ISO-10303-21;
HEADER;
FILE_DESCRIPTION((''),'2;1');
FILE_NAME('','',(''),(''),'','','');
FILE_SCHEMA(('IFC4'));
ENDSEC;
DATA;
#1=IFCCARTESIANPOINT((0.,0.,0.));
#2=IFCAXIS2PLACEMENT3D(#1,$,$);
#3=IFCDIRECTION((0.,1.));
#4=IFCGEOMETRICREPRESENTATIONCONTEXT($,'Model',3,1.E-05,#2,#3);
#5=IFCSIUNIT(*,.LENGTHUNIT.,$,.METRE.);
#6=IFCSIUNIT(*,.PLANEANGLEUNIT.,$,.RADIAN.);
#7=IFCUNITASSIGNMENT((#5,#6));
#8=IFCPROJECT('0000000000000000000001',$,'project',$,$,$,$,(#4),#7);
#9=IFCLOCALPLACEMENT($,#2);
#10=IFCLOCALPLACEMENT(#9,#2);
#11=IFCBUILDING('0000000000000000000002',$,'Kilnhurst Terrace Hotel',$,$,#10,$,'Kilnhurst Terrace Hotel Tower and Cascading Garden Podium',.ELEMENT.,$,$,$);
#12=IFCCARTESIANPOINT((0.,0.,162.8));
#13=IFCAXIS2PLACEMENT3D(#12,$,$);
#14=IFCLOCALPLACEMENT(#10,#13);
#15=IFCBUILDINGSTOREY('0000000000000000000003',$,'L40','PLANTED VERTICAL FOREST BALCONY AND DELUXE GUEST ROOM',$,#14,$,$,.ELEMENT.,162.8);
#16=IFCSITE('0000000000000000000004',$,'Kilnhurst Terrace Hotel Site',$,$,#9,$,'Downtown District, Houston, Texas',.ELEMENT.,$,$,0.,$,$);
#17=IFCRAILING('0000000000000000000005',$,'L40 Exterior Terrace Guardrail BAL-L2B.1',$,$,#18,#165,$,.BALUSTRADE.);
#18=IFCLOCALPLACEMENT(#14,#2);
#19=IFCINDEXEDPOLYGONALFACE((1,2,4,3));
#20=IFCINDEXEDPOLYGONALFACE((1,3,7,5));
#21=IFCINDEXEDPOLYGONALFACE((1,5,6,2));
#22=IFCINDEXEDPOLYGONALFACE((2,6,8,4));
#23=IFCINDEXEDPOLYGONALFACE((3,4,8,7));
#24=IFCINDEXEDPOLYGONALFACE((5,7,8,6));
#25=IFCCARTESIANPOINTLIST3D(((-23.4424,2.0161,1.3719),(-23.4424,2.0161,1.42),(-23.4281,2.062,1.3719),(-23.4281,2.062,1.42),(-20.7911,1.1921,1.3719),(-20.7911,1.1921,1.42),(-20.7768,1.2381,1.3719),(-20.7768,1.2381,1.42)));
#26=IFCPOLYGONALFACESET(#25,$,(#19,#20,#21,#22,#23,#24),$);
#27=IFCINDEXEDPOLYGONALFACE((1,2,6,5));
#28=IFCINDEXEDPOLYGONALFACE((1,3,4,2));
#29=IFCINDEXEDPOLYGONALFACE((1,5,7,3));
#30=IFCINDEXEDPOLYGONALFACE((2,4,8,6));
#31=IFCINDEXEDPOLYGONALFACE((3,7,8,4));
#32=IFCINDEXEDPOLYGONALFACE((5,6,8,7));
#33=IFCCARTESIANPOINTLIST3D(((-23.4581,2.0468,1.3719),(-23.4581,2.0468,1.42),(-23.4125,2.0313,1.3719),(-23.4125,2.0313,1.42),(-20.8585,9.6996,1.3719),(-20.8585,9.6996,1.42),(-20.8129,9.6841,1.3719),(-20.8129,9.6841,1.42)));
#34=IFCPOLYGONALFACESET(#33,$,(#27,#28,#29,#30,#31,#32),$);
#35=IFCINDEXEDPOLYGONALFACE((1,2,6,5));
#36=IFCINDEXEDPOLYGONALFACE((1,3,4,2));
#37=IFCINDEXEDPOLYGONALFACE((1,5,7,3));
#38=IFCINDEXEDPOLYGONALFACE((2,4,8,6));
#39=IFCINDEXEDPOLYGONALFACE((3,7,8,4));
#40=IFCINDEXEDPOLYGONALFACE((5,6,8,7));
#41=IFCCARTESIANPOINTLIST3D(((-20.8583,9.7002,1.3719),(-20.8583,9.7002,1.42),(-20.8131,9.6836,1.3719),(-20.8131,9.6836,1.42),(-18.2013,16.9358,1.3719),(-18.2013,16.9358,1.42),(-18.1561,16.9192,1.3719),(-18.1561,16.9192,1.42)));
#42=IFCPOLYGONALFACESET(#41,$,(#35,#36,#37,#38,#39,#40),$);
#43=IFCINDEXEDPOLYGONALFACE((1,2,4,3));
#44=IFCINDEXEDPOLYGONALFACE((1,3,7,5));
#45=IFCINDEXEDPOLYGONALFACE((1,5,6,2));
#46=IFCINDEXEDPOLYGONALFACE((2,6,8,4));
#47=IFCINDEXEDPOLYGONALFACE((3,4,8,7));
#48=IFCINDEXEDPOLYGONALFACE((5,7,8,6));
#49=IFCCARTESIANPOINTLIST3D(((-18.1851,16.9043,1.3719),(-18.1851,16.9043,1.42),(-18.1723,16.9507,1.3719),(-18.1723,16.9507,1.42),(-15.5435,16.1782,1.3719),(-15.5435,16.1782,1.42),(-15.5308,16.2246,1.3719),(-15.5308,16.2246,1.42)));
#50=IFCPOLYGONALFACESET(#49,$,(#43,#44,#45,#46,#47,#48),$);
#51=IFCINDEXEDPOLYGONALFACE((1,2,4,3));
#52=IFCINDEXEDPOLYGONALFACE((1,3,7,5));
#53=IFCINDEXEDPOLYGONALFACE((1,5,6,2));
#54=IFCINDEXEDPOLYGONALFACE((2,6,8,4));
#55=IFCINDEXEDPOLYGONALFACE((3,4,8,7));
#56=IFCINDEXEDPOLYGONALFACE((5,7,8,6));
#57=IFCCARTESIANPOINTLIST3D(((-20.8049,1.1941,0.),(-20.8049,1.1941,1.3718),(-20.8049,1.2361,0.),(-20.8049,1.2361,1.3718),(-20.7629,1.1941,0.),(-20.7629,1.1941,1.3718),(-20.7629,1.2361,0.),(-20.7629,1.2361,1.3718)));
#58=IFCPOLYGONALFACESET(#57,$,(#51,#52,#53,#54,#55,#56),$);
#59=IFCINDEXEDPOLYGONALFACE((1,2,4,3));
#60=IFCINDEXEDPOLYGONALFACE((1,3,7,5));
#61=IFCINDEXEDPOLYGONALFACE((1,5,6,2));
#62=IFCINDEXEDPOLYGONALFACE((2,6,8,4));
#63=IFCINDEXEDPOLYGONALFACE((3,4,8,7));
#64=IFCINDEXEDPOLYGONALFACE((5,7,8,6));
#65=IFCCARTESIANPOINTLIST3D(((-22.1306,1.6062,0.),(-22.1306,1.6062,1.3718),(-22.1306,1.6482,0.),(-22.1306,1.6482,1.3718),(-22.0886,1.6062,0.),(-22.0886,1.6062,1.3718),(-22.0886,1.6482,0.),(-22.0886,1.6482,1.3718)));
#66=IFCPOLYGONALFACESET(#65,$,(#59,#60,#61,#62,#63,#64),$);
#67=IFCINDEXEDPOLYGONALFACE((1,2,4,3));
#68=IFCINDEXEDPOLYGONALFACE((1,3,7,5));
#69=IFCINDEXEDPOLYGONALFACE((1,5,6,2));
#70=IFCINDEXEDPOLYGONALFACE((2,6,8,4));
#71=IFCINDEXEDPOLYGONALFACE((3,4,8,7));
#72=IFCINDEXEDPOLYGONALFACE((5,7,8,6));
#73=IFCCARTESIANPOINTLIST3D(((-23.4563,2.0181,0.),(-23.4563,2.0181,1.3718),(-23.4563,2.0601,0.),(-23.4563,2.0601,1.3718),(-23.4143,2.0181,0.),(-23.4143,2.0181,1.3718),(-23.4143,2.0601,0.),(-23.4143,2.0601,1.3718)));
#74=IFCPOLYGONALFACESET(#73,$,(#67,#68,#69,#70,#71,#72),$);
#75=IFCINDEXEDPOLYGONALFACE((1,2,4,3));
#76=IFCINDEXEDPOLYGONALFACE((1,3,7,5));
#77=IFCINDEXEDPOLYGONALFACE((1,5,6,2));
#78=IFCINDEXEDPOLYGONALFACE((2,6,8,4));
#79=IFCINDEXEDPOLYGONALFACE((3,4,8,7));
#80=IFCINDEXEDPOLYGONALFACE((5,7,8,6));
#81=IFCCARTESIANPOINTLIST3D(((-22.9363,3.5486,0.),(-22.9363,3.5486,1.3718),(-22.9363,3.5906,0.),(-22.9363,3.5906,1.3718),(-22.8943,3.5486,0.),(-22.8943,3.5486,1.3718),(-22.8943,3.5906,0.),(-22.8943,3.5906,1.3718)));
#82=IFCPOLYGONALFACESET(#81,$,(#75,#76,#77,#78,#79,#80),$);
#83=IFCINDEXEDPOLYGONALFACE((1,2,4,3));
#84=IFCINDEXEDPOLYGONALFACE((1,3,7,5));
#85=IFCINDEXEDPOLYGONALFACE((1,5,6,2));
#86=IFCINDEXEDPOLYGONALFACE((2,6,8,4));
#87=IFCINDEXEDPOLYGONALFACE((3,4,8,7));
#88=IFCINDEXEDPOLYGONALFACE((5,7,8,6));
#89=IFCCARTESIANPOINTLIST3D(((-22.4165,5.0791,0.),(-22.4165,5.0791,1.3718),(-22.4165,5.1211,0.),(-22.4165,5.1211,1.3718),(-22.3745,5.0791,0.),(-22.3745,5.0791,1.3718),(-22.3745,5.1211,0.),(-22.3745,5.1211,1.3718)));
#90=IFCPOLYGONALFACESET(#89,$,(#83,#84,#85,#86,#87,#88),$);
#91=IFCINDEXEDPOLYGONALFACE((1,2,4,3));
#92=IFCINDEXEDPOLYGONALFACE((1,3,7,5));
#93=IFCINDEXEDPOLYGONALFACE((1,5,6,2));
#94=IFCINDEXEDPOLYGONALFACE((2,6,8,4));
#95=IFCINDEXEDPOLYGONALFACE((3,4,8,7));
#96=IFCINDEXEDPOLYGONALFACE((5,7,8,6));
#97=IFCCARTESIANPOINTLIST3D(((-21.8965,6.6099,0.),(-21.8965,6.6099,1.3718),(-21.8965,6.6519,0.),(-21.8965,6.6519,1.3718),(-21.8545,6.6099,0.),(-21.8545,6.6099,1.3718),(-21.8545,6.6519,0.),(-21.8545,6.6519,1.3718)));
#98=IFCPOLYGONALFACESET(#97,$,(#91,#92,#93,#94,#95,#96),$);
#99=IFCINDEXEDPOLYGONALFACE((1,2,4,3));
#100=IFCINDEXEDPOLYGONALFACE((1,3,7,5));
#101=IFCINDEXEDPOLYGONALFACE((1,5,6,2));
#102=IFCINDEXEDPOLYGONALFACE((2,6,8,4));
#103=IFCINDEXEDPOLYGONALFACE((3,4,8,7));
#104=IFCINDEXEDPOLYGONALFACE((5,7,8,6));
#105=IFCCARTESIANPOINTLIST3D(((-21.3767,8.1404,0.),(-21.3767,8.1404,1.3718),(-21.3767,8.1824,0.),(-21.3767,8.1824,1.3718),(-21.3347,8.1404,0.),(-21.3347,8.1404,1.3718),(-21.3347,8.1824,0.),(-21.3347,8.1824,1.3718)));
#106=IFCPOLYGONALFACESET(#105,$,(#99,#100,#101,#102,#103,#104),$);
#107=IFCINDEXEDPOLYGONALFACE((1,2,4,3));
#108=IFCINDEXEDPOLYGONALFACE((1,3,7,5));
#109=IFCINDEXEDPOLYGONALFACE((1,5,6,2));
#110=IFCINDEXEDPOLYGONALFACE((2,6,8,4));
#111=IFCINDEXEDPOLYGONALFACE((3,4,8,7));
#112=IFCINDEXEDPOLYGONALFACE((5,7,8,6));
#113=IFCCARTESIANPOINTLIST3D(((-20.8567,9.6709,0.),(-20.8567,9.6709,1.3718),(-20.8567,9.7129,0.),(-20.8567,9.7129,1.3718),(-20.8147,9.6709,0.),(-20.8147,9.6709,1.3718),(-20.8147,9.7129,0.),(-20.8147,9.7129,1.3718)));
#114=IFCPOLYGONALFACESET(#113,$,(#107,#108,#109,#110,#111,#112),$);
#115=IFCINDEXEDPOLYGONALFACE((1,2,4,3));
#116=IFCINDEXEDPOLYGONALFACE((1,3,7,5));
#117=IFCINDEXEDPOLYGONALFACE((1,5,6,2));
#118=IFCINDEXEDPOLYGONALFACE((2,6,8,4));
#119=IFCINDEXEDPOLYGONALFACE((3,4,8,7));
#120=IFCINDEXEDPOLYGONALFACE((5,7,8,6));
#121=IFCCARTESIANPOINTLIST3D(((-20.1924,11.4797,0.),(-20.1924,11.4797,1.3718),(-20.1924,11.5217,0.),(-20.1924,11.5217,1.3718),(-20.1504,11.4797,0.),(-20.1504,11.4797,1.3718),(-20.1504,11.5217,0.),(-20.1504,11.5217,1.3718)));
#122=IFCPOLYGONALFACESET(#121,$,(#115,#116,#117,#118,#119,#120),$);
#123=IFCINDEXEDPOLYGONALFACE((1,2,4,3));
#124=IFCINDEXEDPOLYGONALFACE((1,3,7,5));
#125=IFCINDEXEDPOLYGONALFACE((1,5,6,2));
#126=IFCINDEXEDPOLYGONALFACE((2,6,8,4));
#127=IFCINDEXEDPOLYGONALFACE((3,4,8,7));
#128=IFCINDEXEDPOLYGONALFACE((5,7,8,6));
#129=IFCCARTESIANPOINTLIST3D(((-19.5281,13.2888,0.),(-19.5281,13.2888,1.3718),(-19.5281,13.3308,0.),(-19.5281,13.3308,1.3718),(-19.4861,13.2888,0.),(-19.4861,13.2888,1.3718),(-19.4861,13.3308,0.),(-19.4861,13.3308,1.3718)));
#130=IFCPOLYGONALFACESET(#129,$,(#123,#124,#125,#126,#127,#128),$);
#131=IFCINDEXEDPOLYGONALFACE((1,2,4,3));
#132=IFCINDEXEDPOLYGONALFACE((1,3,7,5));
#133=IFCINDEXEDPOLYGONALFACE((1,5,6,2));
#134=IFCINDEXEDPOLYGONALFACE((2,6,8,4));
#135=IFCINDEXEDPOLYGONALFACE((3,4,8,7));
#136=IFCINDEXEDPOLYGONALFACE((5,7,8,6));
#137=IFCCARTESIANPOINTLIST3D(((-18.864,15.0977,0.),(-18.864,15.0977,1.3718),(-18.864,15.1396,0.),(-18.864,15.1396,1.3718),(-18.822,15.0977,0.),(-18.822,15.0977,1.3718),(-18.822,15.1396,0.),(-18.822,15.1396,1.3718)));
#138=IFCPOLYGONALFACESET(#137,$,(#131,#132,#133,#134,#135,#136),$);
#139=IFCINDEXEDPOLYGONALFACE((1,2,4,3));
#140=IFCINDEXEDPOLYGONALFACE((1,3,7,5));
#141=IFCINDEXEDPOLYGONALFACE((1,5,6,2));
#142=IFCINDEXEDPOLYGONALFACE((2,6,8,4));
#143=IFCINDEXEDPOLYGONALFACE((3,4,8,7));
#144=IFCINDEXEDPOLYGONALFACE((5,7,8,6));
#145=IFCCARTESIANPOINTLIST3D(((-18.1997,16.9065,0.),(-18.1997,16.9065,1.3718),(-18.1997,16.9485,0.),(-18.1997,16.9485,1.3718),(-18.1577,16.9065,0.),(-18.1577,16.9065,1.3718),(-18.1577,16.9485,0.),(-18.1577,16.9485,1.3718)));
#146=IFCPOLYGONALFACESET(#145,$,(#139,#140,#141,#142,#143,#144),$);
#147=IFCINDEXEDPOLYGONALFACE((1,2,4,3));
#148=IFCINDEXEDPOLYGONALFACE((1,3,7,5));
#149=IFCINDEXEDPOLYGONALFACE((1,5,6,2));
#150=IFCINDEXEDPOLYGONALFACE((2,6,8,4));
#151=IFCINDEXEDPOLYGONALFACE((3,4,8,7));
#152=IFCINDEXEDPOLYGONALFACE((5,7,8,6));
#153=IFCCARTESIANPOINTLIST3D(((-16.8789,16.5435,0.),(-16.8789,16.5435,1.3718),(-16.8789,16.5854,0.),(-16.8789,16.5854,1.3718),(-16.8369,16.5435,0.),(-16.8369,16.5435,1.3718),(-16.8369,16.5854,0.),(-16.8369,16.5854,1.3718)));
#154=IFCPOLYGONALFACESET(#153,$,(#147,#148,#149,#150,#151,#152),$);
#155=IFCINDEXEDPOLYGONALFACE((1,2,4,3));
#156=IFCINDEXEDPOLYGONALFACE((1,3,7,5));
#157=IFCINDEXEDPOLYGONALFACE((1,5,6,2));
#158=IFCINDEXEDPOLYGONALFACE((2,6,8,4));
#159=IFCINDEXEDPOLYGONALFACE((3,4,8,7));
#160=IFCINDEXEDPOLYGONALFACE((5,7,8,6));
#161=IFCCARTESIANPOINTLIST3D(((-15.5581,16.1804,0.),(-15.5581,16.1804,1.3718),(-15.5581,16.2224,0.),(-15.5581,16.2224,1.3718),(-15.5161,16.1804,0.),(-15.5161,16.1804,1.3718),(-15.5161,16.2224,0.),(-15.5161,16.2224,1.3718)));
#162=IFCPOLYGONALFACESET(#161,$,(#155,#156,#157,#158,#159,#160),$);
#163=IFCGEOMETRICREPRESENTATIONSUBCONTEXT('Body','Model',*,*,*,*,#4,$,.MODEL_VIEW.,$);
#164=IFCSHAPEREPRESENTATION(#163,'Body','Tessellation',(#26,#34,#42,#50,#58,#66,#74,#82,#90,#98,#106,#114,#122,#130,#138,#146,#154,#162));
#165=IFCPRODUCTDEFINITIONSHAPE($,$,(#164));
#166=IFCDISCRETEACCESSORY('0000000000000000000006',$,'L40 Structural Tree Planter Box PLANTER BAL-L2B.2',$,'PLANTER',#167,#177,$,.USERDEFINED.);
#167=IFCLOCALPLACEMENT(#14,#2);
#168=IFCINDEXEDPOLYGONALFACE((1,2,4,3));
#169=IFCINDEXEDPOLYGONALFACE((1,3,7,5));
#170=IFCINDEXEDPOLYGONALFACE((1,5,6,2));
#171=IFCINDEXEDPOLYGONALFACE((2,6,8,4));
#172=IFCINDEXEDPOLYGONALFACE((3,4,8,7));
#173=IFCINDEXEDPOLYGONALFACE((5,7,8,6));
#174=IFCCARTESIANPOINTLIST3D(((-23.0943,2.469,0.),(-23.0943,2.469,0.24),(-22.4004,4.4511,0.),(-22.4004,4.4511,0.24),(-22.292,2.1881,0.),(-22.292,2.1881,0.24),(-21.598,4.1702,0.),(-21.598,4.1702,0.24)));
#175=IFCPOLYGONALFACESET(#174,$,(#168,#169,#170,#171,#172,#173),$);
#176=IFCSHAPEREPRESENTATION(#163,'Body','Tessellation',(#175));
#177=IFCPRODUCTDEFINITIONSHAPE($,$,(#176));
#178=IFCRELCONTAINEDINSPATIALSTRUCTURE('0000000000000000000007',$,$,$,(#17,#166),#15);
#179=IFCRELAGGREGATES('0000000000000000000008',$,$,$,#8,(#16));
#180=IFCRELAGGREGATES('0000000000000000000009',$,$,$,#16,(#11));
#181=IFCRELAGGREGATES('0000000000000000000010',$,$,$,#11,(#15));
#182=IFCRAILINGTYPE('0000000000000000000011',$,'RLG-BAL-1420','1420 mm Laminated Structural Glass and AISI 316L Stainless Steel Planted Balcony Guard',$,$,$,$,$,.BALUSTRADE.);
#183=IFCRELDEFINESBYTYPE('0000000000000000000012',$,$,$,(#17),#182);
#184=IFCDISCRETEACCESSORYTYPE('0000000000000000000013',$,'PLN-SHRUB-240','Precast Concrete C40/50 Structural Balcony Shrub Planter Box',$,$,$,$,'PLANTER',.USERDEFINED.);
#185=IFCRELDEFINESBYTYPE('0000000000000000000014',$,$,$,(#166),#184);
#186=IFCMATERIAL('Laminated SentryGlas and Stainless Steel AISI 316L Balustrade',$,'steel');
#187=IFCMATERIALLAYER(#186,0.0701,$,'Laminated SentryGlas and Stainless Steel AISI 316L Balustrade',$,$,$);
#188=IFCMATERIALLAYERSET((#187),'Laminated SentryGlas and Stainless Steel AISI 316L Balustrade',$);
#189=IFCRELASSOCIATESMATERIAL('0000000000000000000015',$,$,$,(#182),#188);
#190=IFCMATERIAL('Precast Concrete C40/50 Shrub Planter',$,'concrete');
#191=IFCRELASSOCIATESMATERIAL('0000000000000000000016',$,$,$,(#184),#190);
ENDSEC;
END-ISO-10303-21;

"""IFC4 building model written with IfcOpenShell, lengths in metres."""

from ifc_helpers import new_model, si_unit, direction, frame, origin, origin_2d, place, context, subcontext, project, spatial, rectangle, extrude, material, layer, layer_set, type_object, element, save


model = new_model("IFC4")

# Units and contexts
model_context = context("Model", 3, precision=1e-05, world=origin(), true_north=direction((0.0, 1.0)))
body_context = subcontext(model_context, "Body", "Model", "MODEL_VIEW")
ifc_project = project(units=[si_unit("LENGTHUNIT", "METRE"), si_unit("PLANEANGLEUNIT", "RADIAN")], contexts=[model_context])

# Site, building, storey
site_placement = place(None, origin())
site = spatial("IfcSite", under=ifc_project, at=site_placement, Name="Kilnhurst Terrace Hotel Site", LongName="Downtown District, Houston, Texas", CompositionType="ELEMENT", RefElevation=0.0)
building_placement = place(site_placement, origin())
building = spatial("IfcBuilding", under=site, at=building_placement, Name="Kilnhurst Terrace Hotel", LongName="Kilnhurst Terrace Hotel Tower and Cascading Garden Podium", CompositionType="ELEMENT")
storey_placement = place(building_placement, frame((0.0, 0.0, 162.8)))
storey = spatial("IfcBuildingStorey", under=building, at=storey_placement, Name="L40", Description="PLANTED VERTICAL FOREST BALCONY AND DELUXE GUEST ROOM", CompositionType="ELEMENT", Elevation=162.8)

# Railing
ifc_material_1 = material(Name="Laminated SentryGlas and Stainless Steel AISI 316L Balustrade", Category="steel")
ifc_layer_1 = layer(ifc_material_1, 0.0701, Name="Laminated SentryGlas and Stainless Steel AISI 316L Balustrade")
ifc_layer_set_1 = layer_set([ifc_layer_1], Name="Laminated SentryGlas and Stainless Steel AISI 316L Balustrade")
railing_type = type_object("IfcRailingType", Name="RLG-BAL-1420", Description="1420 mm Laminated Structural Glass and AISI 316L Stainless Steel Planted Balcony Guard", PredefinedType="BALUSTRADE", material=ifc_layer_set_1)
railing_placement = place(storey_placement, frame((-20.7839, 1.2151, 0.0)))
element("IfcRailing", 1, at=railing_placement, inside=storey, type_object=railing_type, Name="L40 Exterior Terrace Guardrail BAL-L2B.1", PredefinedType="BALUSTRADE", context=body_context, shape_type="SweptSolid", body=[
    extrude(rectangle(XDim=0.0481, YDim=0.0481, at=origin_2d()), frame((0.0, 0.0, 1.396), z_axis=(-0.954948, 0.296773, 0.0), x_axis=(-0.296773, -0.954948, 0.0)), (0.0, 0.0, 1.0), 2.7764),
    extrude(rectangle(XDim=0.0481, YDim=0.0481, at=origin_2d()), frame((-2.6514, 0.824, 1.396), z_axis=(0.321642, 0.946861, 0.0), x_axis=(-0.946861, 0.321642, 0.0)), (0.0, 0.0, 1.0), 8.0823),
    extrude(rectangle(XDim=0.0481, YDim=0.0481, at=origin_2d()), frame((-0.0518, 8.4768, 1.396), z_axis=(0.344704, 0.938711, 0.0), x_axis=(-0.938711, 0.344704, 0.0)), (0.0, 0.0, 1.0), 7.708),
    extrude(rectangle(XDim=0.0481, YDim=0.0481, at=origin_2d()), frame((2.6052, 15.7124, 1.396), z_axis=(0.96424, -0.265032, 0.0), x_axis=(0.265032, 0.96424, 0.0)), (0.0, 0.0, 1.0), 2.7395),
    extrude(rectangle(XDim=0.042, YDim=0.042, at=origin_2d()), origin(), (0.0, 0.0, 1.0), 1.3718),
    extrude(rectangle(XDim=0.042, YDim=0.042, at=origin_2d()), frame((-1.3257, 0.4121, 0.0)), (0.0, 0.0, 1.0), 1.3718),
    extrude(rectangle(XDim=0.042, YDim=0.042, at=origin_2d()), frame((-2.6514, 0.824, 0.0)), (0.0, 0.0, 1.0), 1.3718),
    extrude(rectangle(XDim=0.042, YDim=0.042, at=origin_2d()), frame((-2.1313, 2.3545, 0.0)), (0.0, 0.0, 1.0), 1.3718),
    extrude(rectangle(XDim=0.042, YDim=0.042, at=origin_2d()), frame((-1.6116, 3.885, 0.0)), (0.0, 0.0, 1.0), 1.3718),
    extrude(rectangle(XDim=0.042, YDim=0.042, at=origin_2d()), frame((-1.0916, 5.4158, 0.0)), (0.0, 0.0, 1.0), 1.3718),
    extrude(rectangle(XDim=0.042, YDim=0.042, at=origin_2d()), frame((-0.5718, 6.9463, 0.0)), (0.0, 0.0, 1.0), 1.3718),
    extrude(rectangle(XDim=0.042, YDim=0.042, at=origin_2d()), frame((-0.0518, 8.4768, 0.0)), (0.0, 0.0, 1.0), 1.3718),
    extrude(rectangle(XDim=0.042, YDim=0.042, at=origin_2d()), frame((0.6125, 10.2856, 0.0)), (0.0, 0.0, 1.0), 1.3718),
    extrude(rectangle(XDim=0.042, YDim=0.042, at=origin_2d()), frame((1.2769, 12.0947, 0.0)), (0.0, 0.0, 1.0), 1.3718),
    extrude(rectangle(XDim=0.042, YDim=0.042, at=origin_2d()), frame((1.9409, 13.9036, 0.0)), (0.0, 0.0, 1.0), 1.3718),
    extrude(rectangle(XDim=0.042, YDim=0.042, at=origin_2d()), frame((2.6052, 15.7124, 0.0)), (0.0, 0.0, 1.0), 1.3718),
    extrude(rectangle(XDim=0.042, YDim=0.042, at=origin_2d()), frame((3.926, 15.3494, 0.0)), (0.0, 0.0, 1.0), 1.3718),
    extrude(rectangle(XDim=0.042, YDim=0.042, at=origin_2d()), frame((5.2468, 14.9863, 0.0)), (0.0, 0.0, 1.0), 1.3718),
])

# Discrete accessory
ifc_material_2 = material(Name="Precast Concrete C40/50 Shrub Planter", Category="concrete")
discrete_accessory_type = type_object("IfcDiscreteAccessoryType", Name="PLN-SHRUB-240", Description="Precast Concrete C40/50 Structural Balcony Shrub Planter Box", ElementType="PLANTER", PredefinedType="USERDEFINED", material=ifc_material_2)
discrete_accessory_placement = place(storey_placement, frame((-22.3462, 3.3196, 0.0), z_axis=(0.0, 0.0, 1.0), x_axis=(-0.330432, -0.94383, 0.0)))
element("IfcDiscreteAccessory", 2, at=discrete_accessory_placement, inside=storey, type_object=discrete_accessory_type, Name="L40 Structural Tree Planter Box PLANTER BAL-L2B.2", ObjectType="PLANTER", PredefinedType="USERDEFINED", context=body_context, shape_type="SweptSolid", body=[
    extrude(rectangle(XDim=2.1001, YDim=0.8501, at=origin_2d()), origin(), (0.0, 0.0, 1.0), 0.24),
])

save(model, "model.ifc")
